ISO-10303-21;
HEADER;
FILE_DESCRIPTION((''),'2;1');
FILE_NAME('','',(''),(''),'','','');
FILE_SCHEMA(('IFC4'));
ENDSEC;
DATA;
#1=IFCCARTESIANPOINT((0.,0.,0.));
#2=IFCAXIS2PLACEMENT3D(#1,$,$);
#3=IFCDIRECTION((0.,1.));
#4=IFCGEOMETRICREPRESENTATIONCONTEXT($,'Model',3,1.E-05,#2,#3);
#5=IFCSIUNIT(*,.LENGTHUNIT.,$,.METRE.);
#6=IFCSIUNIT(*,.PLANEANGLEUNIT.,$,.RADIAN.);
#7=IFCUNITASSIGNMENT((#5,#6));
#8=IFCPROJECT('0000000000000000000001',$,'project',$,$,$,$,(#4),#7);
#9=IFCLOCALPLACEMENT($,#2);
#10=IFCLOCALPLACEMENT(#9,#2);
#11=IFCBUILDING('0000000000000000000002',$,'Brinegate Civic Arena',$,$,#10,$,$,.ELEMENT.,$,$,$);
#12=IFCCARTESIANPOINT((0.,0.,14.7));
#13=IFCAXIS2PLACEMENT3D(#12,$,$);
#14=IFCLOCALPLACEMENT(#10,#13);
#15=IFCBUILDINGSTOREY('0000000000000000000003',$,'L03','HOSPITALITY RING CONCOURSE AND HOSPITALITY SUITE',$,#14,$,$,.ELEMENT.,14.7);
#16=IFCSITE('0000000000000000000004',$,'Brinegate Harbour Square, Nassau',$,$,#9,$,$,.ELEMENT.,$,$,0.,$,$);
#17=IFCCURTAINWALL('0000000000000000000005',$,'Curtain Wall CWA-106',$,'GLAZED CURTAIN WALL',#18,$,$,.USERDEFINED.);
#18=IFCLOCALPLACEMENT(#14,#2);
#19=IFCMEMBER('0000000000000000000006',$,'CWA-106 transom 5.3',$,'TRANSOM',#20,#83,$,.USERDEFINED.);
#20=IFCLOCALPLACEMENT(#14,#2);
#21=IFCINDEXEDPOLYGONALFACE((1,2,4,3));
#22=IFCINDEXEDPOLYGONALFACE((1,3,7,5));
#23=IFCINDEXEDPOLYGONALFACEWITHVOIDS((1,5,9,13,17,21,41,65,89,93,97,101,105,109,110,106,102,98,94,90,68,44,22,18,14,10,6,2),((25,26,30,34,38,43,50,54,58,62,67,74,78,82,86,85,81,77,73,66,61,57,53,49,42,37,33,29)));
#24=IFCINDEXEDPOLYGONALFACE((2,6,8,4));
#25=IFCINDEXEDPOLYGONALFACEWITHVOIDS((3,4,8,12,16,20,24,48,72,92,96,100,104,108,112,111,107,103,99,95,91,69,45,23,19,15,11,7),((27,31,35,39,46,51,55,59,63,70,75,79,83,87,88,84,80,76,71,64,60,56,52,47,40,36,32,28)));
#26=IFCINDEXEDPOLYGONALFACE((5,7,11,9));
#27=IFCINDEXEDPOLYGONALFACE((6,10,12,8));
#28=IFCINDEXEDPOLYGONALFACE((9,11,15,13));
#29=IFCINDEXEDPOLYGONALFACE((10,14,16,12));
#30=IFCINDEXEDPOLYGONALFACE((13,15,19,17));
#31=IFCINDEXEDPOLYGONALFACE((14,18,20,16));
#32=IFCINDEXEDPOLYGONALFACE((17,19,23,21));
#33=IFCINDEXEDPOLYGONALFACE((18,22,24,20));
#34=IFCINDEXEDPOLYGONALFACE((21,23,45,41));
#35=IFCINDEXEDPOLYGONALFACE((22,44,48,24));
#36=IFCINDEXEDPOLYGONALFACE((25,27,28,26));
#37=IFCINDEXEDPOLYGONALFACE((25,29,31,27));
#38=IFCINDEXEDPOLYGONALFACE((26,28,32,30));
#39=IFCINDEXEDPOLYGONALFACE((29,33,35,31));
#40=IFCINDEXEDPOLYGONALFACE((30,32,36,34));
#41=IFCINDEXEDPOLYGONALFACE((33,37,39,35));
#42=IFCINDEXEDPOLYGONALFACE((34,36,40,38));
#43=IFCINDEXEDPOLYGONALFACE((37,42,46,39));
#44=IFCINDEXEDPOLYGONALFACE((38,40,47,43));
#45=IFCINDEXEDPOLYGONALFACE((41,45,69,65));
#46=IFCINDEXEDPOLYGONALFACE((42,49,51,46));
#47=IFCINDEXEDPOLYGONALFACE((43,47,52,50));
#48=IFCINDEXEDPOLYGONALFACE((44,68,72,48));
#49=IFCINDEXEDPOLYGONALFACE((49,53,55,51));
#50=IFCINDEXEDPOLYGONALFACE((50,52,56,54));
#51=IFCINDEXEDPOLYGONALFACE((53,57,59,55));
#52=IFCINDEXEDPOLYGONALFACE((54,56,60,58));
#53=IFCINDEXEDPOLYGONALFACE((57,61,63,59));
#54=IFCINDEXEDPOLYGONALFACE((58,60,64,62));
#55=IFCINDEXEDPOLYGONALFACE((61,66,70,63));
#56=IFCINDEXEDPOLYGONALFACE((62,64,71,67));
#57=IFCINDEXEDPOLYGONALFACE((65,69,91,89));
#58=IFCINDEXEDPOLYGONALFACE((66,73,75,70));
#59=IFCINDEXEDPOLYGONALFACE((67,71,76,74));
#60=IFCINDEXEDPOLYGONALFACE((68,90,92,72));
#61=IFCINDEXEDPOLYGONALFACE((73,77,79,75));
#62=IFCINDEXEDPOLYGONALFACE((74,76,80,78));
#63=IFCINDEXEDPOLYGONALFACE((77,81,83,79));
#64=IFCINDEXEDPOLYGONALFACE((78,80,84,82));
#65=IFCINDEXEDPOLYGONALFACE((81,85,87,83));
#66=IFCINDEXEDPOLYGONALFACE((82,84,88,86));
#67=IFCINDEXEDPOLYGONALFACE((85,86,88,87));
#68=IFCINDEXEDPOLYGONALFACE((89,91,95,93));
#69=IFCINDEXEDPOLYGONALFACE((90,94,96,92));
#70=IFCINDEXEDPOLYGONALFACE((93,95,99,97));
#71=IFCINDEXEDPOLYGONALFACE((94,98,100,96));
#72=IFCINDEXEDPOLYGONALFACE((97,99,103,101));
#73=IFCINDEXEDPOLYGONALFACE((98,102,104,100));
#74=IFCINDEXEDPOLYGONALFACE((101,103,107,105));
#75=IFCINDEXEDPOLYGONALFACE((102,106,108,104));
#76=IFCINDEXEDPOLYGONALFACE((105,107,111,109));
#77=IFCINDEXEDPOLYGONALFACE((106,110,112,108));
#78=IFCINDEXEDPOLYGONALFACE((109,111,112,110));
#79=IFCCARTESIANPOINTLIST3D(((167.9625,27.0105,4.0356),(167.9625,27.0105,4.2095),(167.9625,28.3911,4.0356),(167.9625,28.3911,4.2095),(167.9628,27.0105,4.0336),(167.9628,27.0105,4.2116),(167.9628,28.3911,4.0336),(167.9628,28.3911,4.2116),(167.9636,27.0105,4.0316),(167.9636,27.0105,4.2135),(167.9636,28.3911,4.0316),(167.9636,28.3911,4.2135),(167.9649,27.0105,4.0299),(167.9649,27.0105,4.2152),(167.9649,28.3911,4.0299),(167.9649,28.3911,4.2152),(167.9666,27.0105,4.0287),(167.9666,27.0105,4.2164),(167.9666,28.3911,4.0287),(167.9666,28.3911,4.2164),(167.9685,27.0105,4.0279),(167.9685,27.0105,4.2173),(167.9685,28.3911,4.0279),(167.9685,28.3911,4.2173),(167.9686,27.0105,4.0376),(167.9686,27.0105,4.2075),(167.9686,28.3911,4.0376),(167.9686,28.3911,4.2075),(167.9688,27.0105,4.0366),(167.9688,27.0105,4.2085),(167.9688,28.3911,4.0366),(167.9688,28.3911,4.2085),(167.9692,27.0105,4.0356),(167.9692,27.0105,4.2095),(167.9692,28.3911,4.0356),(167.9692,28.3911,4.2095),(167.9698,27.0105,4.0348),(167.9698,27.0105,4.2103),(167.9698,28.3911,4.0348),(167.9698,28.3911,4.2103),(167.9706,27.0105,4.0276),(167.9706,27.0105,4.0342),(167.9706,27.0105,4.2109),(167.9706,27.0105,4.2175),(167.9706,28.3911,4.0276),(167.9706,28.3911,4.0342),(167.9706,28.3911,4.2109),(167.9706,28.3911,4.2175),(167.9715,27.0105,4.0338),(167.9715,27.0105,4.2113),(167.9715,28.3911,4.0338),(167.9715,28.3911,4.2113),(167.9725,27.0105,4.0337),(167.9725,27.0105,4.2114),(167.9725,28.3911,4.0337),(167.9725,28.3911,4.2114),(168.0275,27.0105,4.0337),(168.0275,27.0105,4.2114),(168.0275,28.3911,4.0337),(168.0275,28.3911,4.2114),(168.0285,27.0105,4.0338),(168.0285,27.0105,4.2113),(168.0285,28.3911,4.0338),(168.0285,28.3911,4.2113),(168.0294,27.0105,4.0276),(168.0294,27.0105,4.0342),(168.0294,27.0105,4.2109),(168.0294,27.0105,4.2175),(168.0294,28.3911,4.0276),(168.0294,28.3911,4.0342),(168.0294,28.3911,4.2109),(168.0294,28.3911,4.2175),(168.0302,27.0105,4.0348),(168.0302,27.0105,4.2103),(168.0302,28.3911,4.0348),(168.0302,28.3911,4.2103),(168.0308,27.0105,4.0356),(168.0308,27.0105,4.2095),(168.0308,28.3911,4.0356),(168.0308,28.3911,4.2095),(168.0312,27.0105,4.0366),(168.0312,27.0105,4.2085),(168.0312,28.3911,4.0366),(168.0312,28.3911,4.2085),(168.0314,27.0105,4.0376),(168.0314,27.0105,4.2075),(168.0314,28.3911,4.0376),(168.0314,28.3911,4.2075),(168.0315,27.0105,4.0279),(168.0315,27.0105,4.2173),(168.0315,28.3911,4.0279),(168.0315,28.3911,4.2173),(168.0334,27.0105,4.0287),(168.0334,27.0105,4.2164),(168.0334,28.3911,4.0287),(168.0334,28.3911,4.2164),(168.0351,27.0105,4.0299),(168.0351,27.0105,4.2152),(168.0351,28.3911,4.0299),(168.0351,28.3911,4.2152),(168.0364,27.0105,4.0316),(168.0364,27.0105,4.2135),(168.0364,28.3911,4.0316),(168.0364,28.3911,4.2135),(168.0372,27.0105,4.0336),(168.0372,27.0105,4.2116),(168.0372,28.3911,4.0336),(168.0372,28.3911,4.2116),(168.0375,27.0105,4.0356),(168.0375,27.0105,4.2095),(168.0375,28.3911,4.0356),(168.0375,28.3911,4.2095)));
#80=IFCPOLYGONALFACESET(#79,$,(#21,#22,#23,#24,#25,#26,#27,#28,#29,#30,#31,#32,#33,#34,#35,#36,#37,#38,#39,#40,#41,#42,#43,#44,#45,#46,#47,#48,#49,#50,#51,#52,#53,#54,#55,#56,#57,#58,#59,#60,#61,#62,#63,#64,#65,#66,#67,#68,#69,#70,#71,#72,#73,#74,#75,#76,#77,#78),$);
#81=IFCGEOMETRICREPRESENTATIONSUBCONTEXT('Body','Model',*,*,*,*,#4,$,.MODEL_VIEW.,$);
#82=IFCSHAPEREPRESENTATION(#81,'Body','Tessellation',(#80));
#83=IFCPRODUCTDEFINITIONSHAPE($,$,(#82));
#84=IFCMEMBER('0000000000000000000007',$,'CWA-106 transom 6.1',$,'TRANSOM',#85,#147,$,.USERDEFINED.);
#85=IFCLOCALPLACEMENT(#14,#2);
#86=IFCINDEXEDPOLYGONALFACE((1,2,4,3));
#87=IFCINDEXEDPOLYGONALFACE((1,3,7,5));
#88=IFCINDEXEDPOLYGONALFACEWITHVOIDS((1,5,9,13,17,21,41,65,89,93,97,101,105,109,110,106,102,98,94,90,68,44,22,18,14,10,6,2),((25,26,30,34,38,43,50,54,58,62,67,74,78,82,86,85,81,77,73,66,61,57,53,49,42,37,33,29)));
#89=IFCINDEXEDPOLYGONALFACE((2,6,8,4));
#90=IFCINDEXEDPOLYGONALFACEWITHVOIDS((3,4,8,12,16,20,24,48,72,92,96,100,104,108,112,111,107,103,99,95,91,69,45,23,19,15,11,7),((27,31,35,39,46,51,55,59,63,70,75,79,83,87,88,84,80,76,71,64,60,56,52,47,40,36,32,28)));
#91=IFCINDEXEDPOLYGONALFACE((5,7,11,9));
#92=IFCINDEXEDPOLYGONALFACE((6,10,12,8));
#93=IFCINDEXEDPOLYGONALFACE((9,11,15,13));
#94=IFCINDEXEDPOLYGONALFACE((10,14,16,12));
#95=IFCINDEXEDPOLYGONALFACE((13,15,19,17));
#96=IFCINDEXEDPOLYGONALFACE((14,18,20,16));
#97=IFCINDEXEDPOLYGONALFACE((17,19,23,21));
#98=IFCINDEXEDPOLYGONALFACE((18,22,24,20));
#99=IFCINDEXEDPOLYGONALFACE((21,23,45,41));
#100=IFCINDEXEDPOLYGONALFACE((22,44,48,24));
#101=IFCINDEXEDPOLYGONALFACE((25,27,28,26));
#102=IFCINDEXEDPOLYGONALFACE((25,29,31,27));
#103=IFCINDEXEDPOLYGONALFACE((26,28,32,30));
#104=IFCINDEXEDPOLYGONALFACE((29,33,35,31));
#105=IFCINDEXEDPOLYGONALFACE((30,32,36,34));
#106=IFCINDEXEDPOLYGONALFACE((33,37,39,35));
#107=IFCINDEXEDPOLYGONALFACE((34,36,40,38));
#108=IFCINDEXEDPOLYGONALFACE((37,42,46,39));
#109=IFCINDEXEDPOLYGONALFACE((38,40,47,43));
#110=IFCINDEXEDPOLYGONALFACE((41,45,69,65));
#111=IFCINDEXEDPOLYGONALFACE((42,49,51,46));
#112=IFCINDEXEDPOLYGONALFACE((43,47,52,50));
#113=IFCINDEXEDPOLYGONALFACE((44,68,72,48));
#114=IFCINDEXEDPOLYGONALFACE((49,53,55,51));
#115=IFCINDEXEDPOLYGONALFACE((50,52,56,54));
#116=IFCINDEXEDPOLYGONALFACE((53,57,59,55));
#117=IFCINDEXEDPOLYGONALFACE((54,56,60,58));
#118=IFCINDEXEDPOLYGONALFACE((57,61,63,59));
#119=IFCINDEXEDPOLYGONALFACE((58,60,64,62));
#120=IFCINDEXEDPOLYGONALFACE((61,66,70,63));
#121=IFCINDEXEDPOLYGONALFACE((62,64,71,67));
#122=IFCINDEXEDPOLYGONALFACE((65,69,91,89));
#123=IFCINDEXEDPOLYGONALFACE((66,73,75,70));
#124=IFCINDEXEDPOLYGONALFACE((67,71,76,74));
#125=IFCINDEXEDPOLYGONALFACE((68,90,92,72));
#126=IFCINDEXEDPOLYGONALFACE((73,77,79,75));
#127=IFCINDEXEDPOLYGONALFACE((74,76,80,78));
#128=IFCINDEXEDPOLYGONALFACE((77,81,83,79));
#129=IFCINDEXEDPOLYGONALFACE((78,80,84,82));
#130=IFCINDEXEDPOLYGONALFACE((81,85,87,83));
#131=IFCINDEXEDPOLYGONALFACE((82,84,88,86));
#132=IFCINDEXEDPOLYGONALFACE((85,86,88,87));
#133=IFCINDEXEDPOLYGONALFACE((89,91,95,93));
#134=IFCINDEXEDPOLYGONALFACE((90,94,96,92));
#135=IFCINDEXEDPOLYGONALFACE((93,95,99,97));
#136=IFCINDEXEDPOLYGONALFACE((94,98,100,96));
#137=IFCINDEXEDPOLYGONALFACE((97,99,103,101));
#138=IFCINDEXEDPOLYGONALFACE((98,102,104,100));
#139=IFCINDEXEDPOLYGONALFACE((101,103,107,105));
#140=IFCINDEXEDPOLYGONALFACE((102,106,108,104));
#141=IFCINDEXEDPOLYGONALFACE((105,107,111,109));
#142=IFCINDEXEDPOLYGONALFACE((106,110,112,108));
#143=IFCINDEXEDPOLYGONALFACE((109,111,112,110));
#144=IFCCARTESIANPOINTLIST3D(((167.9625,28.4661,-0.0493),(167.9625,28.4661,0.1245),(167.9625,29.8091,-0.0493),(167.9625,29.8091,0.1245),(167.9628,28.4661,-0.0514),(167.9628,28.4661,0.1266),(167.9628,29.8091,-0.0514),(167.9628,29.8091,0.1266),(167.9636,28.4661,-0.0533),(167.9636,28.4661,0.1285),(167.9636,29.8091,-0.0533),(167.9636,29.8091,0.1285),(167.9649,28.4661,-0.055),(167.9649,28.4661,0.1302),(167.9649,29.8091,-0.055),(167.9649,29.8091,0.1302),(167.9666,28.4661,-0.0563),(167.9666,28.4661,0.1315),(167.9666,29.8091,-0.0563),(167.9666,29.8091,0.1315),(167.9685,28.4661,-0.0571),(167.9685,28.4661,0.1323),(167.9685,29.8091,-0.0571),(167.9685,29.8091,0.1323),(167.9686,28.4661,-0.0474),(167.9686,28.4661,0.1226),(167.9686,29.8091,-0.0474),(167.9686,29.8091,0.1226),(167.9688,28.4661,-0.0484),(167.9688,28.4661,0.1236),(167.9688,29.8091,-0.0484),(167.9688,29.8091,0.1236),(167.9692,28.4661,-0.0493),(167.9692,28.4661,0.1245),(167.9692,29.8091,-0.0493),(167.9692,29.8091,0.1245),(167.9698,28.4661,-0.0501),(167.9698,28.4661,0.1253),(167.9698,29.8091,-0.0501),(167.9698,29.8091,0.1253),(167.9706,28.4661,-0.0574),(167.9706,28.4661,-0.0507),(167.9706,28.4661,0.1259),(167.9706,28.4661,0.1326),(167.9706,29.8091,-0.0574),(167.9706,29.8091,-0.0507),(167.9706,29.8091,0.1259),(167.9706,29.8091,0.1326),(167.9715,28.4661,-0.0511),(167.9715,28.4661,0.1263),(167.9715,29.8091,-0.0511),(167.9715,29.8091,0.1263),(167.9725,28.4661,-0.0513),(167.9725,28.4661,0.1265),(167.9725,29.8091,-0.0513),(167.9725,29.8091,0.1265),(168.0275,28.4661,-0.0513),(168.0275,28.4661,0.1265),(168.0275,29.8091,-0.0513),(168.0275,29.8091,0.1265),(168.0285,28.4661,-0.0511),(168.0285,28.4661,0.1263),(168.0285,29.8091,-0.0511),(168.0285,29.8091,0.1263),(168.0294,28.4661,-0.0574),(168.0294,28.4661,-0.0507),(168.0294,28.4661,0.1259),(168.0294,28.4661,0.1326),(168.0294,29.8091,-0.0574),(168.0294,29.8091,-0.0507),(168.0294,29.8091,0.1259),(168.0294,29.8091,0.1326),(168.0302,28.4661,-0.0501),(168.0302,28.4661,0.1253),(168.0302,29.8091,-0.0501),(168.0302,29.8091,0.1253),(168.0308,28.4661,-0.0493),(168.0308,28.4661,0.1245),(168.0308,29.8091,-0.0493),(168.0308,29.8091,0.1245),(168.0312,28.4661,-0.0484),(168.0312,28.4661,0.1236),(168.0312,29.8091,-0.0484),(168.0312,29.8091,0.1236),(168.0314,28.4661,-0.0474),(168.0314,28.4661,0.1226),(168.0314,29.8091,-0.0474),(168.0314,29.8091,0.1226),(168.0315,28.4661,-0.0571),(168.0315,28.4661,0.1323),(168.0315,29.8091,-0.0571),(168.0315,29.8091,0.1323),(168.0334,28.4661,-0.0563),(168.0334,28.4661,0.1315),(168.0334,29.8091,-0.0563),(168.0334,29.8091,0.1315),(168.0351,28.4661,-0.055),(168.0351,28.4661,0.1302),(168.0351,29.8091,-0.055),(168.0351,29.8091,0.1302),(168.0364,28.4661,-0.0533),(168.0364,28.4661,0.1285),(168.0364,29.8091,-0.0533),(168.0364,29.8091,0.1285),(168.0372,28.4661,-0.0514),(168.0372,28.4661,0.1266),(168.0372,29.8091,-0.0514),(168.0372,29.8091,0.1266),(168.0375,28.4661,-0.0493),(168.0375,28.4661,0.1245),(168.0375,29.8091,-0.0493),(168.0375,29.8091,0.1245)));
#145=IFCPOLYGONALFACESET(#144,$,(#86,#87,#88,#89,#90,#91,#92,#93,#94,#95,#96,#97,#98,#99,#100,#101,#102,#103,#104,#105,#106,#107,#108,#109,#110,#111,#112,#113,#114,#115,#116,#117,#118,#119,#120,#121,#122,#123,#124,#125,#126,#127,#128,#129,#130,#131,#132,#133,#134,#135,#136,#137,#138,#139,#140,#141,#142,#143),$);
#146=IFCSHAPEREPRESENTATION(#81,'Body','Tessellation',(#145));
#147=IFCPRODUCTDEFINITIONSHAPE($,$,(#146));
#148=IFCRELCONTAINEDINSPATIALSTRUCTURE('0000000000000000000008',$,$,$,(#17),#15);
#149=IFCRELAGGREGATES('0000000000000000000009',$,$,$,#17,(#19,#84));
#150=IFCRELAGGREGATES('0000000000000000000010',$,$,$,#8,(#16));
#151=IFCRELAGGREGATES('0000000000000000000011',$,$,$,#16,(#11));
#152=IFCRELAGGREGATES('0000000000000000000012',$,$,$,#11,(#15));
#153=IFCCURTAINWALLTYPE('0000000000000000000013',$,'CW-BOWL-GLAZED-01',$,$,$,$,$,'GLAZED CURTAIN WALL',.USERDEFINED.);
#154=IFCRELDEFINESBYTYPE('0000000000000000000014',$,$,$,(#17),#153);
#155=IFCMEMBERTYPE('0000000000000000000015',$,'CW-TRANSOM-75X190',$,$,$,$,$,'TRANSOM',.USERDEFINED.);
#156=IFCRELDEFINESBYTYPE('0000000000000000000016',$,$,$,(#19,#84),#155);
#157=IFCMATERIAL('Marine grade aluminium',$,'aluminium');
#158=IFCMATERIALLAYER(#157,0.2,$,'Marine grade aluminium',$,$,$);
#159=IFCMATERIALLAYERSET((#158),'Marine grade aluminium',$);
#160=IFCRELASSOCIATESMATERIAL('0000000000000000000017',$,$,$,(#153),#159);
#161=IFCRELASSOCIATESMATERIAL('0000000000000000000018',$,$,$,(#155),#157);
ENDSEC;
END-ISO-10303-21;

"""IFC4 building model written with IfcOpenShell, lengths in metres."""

from ifc_helpers import new_model, si_unit, direction, frame, origin, origin_2d, place, context, subcontext, project, spatial, hollow_rectangle, extrude, material, layer, layer_set, material_profile, profile_set, type_object, element, aggregate, save


model = new_model("IFC4")

# Units and contexts
model_context = context("Model", 3, precision=1e-05, world=origin(), true_north=direction((0.0, 1.0)))
body_context = subcontext(model_context, "Body", "Model", "MODEL_VIEW")
ifc_project = project(units=[si_unit("LENGTHUNIT", "METRE"), si_unit("PLANEANGLEUNIT", "RADIAN")], contexts=[model_context])

# Site, building, storey
site_placement = place(None, origin())
site = spatial("IfcSite", under=ifc_project, at=site_placement, Name="Brinegate Harbour Square, Nassau", CompositionType="ELEMENT", RefElevation=0.0)
building_placement = place(site_placement, origin())
building = spatial("IfcBuilding", under=site, at=building_placement, Name="Brinegate Civic Arena", CompositionType="ELEMENT")
storey_placement = place(building_placement, frame((0.0, 0.0, 14.7)))
storey = spatial("IfcBuildingStorey", under=building, at=storey_placement, Name="L03", Description="HOSPITALITY RING CONCOURSE AND HOSPITALITY SUITE", CompositionType="ELEMENT", Elevation=14.7)

# Shared definitions
ifc_material_1 = material(Name="Marine grade aluminium", Category="aluminium")
ifc_layer_1 = layer(ifc_material_1, 0.2, Name="Marine grade aluminium")
ifc_layer_set_1 = layer_set([ifc_layer_1], Name="Marine grade aluminium")
curtain_wall_type = type_object("IfcCurtainWallType", Name="CW-BOWL-GLAZED-01", ElementType="GLAZED CURTAIN WALL", PredefinedType="USERDEFINED", material=ifc_layer_set_1)

# Curtain wall, members
curtain_wall_1_placement = place(storey_placement, origin())
curtain_wall_1 = element("IfcCurtainWall", 1, at=curtain_wall_1_placement, inside=storey, type_object=curtain_wall_type, Name="Curtain Wall CWA-106", ObjectType="GLAZED CURTAIN WALL", PredefinedType="USERDEFINED")
ifc_material_profile_1 = material_profile(ifc_material_1, hollow_rectangle(XDim=0.075, YDim=0.1899, WallThickness=0.0061, InnerFilletRadius=0.0039, OuterFilletRadius=0.0081, at=origin_2d()), Name="TRN75X190")
ifc_profile_set_1 = profile_set([ifc_material_profile_1], Name="Marine grade aluminium")
member_type_1 = type_object("IfcMemberType", Name="CW-TRANSOM-75X190", ElementType="TRANSOM", PredefinedType="USERDEFINED", material=ifc_profile_set_1)
member_1_placement = place(storey_placement, frame((168.0, 27.0105, 4.1226), z_axis=(0.0, 1.0, 0.0), x_axis=(-1.0, 0.0, 0.0)))
member_1 = element("IfcMember", 2, at=member_1_placement, type_object=member_type_1, Name="CWA-106 transom 5.3", ObjectType="TRANSOM", PredefinedType="USERDEFINED", context=body_context, shape_type="SweptSolid", body=[
    extrude(hollow_rectangle(XDim=0.075, YDim=0.1899, WallThickness=0.0061, InnerFilletRadius=0.0039, OuterFilletRadius=0.0081, at=origin_2d()), origin(), (0.0, 0.0, 1.0), 1.3806),
])
member_2_placement = place(storey_placement, frame((168.0, 28.4661, 0.0376), z_axis=(0.0, 1.0, 0.0), x_axis=(-1.0, 0.0, 0.0)))
member_2 = element("IfcMember", 3, at=member_2_placement, type_object=member_type_1, Name="CWA-106 transom 6.1", ObjectType="TRANSOM", PredefinedType="USERDEFINED", context=body_context, shape_type="SweptSolid", body=[
    extrude(hollow_rectangle(XDim=0.075, YDim=0.1899, WallThickness=0.0061, InnerFilletRadius=0.0039, OuterFilletRadius=0.0081, at=origin_2d()), origin(), (0.0, 0.0, 1.0), 1.343),
])

aggregate(curtain_wall_1, [member_1, member_2])

save(model, "model.ifc")
